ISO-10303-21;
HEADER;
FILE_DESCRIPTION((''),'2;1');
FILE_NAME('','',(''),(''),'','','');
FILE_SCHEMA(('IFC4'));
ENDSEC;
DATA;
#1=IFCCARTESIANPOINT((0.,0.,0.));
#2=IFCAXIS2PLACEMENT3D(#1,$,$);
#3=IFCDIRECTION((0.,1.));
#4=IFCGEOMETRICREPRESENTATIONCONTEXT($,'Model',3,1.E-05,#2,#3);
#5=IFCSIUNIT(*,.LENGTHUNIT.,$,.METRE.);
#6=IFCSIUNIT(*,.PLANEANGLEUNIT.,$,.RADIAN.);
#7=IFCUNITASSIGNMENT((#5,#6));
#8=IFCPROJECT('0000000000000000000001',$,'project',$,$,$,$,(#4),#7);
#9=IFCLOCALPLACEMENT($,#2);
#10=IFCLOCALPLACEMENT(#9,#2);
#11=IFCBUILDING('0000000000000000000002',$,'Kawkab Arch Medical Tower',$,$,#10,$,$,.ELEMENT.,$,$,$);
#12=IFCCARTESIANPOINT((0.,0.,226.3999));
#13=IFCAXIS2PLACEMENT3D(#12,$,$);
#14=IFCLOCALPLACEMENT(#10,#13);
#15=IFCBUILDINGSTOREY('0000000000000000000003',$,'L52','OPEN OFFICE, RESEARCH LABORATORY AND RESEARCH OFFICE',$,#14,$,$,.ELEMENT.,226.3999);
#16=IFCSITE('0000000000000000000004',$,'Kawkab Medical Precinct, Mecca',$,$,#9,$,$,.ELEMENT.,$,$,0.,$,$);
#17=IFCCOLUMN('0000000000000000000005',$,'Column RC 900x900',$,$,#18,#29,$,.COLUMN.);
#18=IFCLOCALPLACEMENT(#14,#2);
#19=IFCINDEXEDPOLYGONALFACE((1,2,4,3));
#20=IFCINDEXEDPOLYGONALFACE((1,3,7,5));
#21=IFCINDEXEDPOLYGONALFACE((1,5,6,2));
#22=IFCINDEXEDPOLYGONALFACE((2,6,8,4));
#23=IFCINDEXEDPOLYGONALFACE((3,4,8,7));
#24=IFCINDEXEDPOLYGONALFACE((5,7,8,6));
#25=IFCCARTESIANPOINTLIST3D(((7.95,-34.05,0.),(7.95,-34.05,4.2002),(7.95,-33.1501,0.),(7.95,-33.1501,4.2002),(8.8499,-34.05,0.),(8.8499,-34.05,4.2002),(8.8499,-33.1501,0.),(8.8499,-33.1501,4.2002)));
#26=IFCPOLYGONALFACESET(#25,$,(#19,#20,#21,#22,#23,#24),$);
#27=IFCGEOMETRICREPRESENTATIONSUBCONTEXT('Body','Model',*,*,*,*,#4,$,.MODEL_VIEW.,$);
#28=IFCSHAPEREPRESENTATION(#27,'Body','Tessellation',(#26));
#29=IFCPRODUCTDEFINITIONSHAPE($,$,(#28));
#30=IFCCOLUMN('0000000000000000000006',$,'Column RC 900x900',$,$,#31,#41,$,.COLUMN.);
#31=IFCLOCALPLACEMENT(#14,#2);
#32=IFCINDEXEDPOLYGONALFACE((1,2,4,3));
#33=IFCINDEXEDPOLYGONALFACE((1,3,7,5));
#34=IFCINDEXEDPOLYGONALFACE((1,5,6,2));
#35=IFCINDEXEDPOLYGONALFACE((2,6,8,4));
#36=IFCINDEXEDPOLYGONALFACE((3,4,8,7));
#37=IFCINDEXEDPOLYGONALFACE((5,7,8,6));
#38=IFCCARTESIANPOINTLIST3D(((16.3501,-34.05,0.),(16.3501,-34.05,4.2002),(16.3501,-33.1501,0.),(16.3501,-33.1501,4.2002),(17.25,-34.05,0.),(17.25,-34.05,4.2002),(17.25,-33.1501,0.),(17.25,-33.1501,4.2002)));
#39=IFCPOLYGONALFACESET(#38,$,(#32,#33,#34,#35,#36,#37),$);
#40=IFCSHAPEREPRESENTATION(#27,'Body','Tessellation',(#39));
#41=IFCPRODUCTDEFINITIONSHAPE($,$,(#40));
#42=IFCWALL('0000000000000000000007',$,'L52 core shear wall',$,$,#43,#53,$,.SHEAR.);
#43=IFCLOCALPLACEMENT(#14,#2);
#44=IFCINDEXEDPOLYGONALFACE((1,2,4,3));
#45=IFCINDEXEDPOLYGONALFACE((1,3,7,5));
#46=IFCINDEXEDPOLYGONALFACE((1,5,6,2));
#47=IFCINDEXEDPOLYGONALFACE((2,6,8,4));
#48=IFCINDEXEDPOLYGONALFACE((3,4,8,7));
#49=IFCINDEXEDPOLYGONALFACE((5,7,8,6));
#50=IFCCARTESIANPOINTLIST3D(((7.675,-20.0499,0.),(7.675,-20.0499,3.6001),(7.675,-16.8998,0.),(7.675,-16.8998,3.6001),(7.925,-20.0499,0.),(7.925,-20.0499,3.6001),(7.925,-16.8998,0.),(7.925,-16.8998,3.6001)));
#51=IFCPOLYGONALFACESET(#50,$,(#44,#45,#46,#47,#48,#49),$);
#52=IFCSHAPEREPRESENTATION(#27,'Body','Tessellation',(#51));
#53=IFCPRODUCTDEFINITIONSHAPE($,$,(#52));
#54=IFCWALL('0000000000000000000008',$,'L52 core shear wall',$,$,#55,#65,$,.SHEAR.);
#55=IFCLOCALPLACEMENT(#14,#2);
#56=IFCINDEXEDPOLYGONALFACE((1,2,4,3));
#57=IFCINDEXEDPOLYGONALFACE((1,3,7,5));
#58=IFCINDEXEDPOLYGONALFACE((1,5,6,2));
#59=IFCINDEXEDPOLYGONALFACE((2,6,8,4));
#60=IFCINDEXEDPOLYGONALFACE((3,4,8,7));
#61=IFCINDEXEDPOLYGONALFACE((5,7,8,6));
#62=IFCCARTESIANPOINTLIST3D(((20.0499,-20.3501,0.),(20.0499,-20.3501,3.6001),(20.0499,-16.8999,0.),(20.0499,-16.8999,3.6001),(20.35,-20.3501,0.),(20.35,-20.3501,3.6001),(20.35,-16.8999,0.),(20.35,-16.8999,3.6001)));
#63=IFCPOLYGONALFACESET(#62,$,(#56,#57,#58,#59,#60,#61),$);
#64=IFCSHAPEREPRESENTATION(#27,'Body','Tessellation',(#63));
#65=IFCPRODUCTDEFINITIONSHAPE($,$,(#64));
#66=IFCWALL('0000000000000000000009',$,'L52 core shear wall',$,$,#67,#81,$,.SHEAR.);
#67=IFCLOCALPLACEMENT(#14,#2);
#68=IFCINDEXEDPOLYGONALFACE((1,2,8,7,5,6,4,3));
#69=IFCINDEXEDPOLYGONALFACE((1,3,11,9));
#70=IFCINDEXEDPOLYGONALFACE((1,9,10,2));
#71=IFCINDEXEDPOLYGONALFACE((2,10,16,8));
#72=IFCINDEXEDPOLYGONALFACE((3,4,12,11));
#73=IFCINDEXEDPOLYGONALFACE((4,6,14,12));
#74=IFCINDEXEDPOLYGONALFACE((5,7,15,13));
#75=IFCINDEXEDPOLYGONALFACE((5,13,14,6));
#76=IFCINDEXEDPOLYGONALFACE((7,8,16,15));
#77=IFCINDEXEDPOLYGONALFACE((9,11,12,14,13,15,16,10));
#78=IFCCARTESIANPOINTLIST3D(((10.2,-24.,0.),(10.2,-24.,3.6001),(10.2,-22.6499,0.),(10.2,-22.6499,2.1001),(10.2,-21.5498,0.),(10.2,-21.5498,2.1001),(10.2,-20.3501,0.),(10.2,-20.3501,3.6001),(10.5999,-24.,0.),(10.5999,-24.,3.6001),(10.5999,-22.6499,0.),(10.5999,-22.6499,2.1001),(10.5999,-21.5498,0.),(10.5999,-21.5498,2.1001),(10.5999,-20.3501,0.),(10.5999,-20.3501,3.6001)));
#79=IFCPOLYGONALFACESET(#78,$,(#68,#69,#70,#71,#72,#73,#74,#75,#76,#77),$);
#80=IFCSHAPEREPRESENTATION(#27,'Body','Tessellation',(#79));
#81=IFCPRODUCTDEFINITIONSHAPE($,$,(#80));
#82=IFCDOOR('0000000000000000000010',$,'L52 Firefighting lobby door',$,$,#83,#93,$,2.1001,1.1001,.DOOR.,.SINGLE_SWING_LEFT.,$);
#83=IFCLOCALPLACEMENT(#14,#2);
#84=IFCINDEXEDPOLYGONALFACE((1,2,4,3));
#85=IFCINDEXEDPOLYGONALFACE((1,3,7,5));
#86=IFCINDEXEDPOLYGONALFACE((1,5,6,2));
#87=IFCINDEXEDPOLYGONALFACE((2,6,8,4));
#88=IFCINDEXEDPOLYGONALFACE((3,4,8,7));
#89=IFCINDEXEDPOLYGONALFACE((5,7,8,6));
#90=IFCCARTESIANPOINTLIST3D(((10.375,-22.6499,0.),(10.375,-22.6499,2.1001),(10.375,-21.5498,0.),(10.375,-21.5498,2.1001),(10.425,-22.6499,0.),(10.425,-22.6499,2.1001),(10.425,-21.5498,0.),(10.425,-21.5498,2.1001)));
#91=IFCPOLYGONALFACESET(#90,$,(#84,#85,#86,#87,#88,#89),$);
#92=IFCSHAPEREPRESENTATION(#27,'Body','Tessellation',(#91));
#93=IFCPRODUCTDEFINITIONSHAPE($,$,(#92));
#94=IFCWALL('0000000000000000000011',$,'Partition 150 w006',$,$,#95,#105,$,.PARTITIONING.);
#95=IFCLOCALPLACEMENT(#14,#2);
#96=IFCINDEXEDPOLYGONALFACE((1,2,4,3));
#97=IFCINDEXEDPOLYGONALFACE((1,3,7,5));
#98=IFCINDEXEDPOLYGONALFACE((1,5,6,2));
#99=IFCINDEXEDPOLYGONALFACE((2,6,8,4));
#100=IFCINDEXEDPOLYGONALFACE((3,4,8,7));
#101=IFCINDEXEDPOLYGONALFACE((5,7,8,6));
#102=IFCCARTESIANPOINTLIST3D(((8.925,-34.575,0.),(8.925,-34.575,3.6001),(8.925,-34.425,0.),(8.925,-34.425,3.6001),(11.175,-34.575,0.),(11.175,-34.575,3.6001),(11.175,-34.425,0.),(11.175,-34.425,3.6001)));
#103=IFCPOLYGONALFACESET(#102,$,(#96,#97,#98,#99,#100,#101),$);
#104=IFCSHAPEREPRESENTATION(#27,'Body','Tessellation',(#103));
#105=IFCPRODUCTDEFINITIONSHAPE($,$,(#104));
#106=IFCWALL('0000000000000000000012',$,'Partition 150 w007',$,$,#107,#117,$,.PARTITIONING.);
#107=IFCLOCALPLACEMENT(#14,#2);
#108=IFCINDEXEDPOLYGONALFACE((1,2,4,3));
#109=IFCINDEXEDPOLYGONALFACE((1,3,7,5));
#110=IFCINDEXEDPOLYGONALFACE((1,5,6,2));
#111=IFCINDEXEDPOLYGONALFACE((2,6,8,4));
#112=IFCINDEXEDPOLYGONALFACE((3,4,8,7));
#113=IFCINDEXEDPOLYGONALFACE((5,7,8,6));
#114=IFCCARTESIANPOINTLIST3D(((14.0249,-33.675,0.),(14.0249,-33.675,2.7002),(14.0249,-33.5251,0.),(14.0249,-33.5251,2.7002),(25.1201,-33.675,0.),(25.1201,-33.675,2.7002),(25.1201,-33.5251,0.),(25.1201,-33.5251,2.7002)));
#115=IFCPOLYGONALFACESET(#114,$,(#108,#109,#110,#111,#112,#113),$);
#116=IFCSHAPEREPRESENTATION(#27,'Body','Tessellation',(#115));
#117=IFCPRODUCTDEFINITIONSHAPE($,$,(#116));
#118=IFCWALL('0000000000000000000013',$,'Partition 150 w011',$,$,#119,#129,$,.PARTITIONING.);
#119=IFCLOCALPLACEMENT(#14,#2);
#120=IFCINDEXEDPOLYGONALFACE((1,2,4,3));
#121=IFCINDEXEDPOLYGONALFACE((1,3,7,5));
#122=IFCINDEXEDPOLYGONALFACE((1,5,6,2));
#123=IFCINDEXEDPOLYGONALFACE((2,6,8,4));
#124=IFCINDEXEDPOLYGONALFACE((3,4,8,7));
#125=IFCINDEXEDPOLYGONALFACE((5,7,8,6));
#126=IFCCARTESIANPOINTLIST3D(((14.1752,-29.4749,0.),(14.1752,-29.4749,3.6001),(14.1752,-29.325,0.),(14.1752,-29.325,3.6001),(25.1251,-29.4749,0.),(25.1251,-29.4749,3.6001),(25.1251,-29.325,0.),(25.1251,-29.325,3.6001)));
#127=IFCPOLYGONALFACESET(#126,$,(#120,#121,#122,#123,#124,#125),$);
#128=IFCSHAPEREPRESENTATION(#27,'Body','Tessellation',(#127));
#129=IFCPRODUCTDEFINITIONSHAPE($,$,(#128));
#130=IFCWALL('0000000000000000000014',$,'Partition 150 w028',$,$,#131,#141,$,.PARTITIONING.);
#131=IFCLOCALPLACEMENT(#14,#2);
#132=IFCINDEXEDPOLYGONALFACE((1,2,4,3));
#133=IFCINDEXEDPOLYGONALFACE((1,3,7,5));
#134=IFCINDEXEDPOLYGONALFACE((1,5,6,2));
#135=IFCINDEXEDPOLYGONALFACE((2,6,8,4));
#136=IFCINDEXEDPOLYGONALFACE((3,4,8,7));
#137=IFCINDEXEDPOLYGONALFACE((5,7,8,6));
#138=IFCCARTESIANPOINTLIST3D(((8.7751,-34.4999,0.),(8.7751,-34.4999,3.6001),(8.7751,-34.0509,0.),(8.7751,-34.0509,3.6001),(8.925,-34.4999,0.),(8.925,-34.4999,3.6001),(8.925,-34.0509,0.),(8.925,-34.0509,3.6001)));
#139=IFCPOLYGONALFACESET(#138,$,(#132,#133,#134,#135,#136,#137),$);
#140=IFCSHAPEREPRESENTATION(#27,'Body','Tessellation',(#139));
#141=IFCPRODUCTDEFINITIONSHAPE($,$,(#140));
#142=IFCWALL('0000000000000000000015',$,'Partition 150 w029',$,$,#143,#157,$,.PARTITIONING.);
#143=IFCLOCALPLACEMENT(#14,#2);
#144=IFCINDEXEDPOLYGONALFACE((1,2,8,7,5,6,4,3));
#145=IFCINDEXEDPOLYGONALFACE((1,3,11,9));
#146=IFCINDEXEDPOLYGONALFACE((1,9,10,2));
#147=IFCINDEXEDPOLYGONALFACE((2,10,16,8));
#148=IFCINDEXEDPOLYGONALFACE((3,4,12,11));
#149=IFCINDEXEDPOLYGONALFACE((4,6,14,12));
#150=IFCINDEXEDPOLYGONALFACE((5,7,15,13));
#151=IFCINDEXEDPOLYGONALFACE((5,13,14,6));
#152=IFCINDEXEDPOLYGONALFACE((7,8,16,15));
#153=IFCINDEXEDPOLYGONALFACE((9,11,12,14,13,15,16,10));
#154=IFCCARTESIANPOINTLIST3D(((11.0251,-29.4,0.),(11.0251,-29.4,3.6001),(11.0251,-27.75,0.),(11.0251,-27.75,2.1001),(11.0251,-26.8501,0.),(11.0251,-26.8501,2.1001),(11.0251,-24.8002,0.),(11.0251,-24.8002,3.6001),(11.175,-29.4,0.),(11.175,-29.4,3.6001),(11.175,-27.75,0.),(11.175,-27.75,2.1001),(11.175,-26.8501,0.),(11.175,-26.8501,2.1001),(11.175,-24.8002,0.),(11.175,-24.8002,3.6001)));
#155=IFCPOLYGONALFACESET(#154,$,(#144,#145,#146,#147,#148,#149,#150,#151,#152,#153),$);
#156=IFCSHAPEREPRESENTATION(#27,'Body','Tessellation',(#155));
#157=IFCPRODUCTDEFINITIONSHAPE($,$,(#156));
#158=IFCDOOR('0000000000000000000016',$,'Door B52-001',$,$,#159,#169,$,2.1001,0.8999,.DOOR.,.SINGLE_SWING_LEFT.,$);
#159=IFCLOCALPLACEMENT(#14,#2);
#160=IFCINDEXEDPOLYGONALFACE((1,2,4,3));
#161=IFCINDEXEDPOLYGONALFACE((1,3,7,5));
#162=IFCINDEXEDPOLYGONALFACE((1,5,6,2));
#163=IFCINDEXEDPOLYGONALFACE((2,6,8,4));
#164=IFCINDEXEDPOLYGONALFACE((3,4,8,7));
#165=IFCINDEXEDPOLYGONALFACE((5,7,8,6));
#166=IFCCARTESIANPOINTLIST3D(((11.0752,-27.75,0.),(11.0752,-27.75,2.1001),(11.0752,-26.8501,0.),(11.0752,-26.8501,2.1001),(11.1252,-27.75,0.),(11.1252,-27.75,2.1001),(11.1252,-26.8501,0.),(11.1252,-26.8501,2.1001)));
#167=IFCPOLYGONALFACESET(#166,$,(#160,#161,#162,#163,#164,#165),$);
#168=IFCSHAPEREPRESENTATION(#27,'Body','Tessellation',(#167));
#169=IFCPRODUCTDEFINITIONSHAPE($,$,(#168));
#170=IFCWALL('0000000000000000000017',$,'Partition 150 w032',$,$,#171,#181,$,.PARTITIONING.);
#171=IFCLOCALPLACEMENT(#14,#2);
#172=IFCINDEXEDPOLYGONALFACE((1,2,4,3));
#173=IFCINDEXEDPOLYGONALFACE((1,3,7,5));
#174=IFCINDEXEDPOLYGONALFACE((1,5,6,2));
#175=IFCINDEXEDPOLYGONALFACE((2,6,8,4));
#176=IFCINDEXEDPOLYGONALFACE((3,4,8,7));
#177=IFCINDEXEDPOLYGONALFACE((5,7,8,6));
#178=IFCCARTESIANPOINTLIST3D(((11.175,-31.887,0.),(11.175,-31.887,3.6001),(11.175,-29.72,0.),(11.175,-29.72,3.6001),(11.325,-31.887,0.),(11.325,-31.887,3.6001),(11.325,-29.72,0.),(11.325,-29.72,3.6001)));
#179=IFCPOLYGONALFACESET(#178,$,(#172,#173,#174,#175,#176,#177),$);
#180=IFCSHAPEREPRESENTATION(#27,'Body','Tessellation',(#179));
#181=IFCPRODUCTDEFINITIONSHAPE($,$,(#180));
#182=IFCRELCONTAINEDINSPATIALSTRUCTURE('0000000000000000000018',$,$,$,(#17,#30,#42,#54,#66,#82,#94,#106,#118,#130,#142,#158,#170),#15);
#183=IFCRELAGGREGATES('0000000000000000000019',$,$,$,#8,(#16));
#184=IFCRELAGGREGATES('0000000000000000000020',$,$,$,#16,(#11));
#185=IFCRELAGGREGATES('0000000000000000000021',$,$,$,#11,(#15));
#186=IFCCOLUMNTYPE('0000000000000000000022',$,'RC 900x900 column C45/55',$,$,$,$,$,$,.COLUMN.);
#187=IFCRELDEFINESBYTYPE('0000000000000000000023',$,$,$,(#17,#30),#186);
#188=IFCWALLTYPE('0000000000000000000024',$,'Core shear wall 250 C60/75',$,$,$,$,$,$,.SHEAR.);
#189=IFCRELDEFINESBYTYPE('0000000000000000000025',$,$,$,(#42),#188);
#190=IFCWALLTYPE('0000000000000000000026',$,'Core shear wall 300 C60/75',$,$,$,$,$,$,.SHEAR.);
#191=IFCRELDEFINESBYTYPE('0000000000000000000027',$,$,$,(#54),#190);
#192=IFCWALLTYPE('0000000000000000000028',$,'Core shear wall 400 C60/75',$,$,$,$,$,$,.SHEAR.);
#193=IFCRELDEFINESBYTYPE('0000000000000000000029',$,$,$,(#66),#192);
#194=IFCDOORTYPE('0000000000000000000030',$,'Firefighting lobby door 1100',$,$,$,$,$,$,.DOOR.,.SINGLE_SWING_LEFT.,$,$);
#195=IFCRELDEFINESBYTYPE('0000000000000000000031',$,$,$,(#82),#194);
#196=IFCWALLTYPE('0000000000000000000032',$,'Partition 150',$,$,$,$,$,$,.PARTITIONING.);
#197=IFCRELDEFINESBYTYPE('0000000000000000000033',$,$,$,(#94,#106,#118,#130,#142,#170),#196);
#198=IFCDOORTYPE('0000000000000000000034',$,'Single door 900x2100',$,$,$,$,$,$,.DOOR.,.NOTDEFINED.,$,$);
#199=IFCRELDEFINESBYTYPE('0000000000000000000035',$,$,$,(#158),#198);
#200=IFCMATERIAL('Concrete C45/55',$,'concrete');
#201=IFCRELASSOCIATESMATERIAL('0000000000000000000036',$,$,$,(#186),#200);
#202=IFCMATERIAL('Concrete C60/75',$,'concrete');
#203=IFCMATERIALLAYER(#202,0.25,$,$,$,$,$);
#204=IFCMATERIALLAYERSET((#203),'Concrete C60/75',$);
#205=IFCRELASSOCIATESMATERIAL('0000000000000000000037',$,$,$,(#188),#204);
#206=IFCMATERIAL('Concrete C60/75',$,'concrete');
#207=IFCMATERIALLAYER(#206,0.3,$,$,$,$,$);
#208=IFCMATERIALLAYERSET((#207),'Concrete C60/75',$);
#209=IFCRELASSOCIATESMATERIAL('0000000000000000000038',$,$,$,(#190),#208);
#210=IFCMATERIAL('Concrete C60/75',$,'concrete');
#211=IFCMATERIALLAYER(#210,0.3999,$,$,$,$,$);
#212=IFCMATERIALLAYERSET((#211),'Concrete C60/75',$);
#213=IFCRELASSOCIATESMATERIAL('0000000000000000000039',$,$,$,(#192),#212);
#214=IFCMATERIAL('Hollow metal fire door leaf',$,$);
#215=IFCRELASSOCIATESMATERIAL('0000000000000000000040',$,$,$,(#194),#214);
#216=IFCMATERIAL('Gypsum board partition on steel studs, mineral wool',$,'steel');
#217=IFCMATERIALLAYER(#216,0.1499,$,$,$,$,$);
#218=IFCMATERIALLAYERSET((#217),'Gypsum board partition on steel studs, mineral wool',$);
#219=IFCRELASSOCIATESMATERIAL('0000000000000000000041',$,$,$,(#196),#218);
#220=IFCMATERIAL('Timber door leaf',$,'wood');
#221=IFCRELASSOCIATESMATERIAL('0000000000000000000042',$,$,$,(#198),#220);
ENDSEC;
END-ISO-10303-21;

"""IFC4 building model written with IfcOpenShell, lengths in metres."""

from ifc_helpers import new_model, si_unit, direction, frame, frame_2d, origin, origin_2d, place, context, subcontext, project, spatial, rectangle, extrude, material, layer, layer_set, material_profile, profile_set, type_object, element, fill, save


model = new_model("IFC4")

# Units and contexts
model_context = context("Model", 3, precision=1e-05, world=origin(), true_north=direction((0.0, 1.0)))
body_context = subcontext(model_context, "Body", "Model", "MODEL_VIEW")
ifc_project = project(units=[si_unit("LENGTHUNIT", "METRE"), si_unit("PLANEANGLEUNIT", "RADIAN")], contexts=[model_context])

# Site, building, storey
site_placement = place(None, origin())
site = spatial("IfcSite", under=ifc_project, at=site_placement, Name="Kawkab Medical Precinct, Mecca", CompositionType="ELEMENT", RefElevation=0.0)
building_placement = place(site_placement, origin())
building = spatial("IfcBuilding", under=site, at=building_placement, Name="Kawkab Arch Medical Tower", CompositionType="ELEMENT")
storey_placement = place(building_placement, frame((0.0, 0.0, 226.3999)))
storey = spatial("IfcBuildingStorey", under=building, at=storey_placement, Name="L52", Description="OPEN OFFICE, RESEARCH LABORATORY AND RESEARCH OFFICE", CompositionType="ELEMENT", Elevation=226.3999)

# Columns
ifc_material_1 = material(Name="Concrete C45/55", Category="concrete")
ifc_material_profile = material_profile(ifc_material_1, rectangle(XDim=0.8999, YDim=0.8999, at=origin_2d()), Name="RC 900x900")
ifc_profile_set = profile_set([ifc_material_profile], Name="Concrete C45/55")
column_type = type_object("IfcColumnType", Name="RC 900x900 column C45/55", PredefinedType="COLUMN", material=ifc_profile_set)
for number, where, z_axis, x_axis, name in (
    (1, (8.3999, -33.6001, 0.0), (0.0, 0.0, 1.0), (1.0, 0.0, 0.0), "Column RC 900x900"),
    (2, (16.8, -33.6001, 0.0), (0.0, 0.0, 1.0), (1.0, 0.0, 0.0), "Column RC 900x900"),
):
    element("IfcColumn", number, at=place(storey_placement, frame(where, z_axis=z_axis, x_axis=x_axis)), inside=storey, type_object=column_type, Name=name, PredefinedType="COLUMN", context=body_context, shape_type="SweptSolid", body=[
        extrude(rectangle(XDim=0.8999, YDim=0.8999, at=origin_2d()), origin(), (0.0, 0.0, 1.0), 4.2002),
    ])

# Walls
ifc_material_2 = material(Name="Concrete C60/75", Category="concrete")
ifc_layer_1 = layer(ifc_material_2, 0.25)
ifc_layer_set_1 = layer_set([ifc_layer_1], Name="Concrete C60/75")
wall_type_1 = type_object("IfcWallType", Name="Core shear wall 250 C60/75", PredefinedType="SHEAR", material=ifc_layer_set_1)
wall_1_placement = place(storey_placement, frame((7.8, -20.05, 0.0), z_axis=(0.0, 0.0, 1.0), x_axis=(0.0, 1.0, 0.0)))
element("IfcWall", 3, at=wall_1_placement, inside=storey, type_object=wall_type_1, Name="L52 core shear wall", PredefinedType="SHEAR", context=body_context, shape_type="SweptSolid", body=[
    extrude(rectangle(XDim=3.1501, YDim=0.25, at=frame_2d((1.5752, 0.0))), origin(), (0.0, 0.0, 1.0), 3.6001),
])
ifc_material_3 = material(Name="Concrete C60/75", Category="concrete")
ifc_layer_2 = layer(ifc_material_3, 0.3)
ifc_layer_set_2 = layer_set([ifc_layer_2], Name="Concrete C60/75")
wall_type_2 = type_object("IfcWallType", Name="Core shear wall 300 C60/75", PredefinedType="SHEAR", material=ifc_layer_set_2)
wall_2_placement = place(storey_placement, frame((20.2, -20.3501, 0.0), z_axis=(0.0, 0.0, 1.0), x_axis=(0.0, 1.0, 0.0)))
element("IfcWall", 4, at=wall_2_placement, inside=storey, type_object=wall_type_2, Name="L52 core shear wall", PredefinedType="SHEAR", context=body_context, shape_type="SweptSolid", body=[
    extrude(rectangle(XDim=3.4502, YDim=0.3, at=frame_2d((1.7251, 0.0))), origin(), (0.0, 0.0, 1.0), 3.6001),
])

# Wall, opening, door
ifc_material_4 = material(Name="Concrete C60/75", Category="concrete")
ifc_layer_3 = layer(ifc_material_4, 0.3999)
ifc_layer_set_3 = layer_set([ifc_layer_3], Name="Concrete C60/75")
wall_type_3 = type_object("IfcWallType", Name="Core shear wall 400 C60/75", PredefinedType="SHEAR", material=ifc_layer_set_3)
wall_3_placement = place(storey_placement, frame((10.3999, -24.0, 0.0), z_axis=(0.0, 0.0, 1.0), x_axis=(0.0, 1.0, 0.0)))
wall_3 = element("IfcWall", 5, at=wall_3_placement, inside=storey, type_object=wall_type_3, Name="L52 core shear wall", PredefinedType="SHEAR", context=body_context, shape_type="SweptSolid", body=[
    extrude(rectangle(XDim=3.6499, YDim=0.3999, at=frame_2d((1.825, 0.0))), origin(), (0.0, 0.0, 1.0), 3.6001),
])
opening_1_placement = place(wall_3_placement, frame((1.3501, 0.0, 0.0)))
opening_1 = element("IfcOpeningElement", 6, at=opening_1_placement, cuts=wall_3, PredefinedType="OPENING", context=body_context, shape_type="SweptSolid", body=[
    extrude(rectangle(XDim=1.1001, YDim=2.1001, at=frame_2d((0.55, 1.05))), frame((0.0, 0.21, 0.0), z_axis=(0.0, -1.0, 0.0), x_axis=(1.0, 0.0, 0.0)), (0.0, 0.0, 1.0), 0.4199),
])
ifc_material_5 = material(Name="Hollow metal fire door leaf")
door_type_1 = type_object("IfcDoorType", Name="Firefighting lobby door 1100", OperationType="SINGLE_SWING_LEFT", PredefinedType="DOOR", material=ifc_material_5)
door_1_placement = place(opening_1_placement, origin())
door_1 = element("IfcDoor", 7, at=door_1_placement, inside=storey, type_object=door_type_1, Name="L52 Firefighting lobby door", OperationType="SINGLE_SWING_LEFT", OverallHeight=2.1001, OverallWidth=1.1001, PredefinedType="DOOR", context=body_context, shape_type="SweptSolid", body=[
    extrude(rectangle(XDim=1.1001, YDim=2.1001, at=frame_2d((0.55, 1.05))), frame((0.0, 0.0249, 0.0), z_axis=(0.0, -1.0, 0.0), x_axis=(1.0, 0.0, 0.0)), (0.0, 0.0, 1.0), 0.05),
])
fill(opening_1, door_1)

# Walls
ifc_material_6 = material(Name="Gypsum board partition on steel studs, mineral wool", Category="steel")
ifc_layer_4 = layer(ifc_material_6, 0.1499)
ifc_layer_set_4 = layer_set([ifc_layer_4], Name="Gypsum board partition on steel studs, mineral wool")
wall_type_4 = type_object("IfcWallType", Name="Partition 150", PredefinedType="PARTITIONING", material=ifc_layer_set_4)
wall_4_placement = place(storey_placement, frame((8.925, -34.5, 0.0), z_axis=(0.0, 0.0, 1.0), x_axis=(1.0, 0.0, 0.0)))
element("IfcWall", 8, at=wall_4_placement, inside=storey, type_object=wall_type_4, Name="Partition 150 w006", PredefinedType="PARTITIONING", context=body_context, shape_type="SweptSolid", body=[
    extrude(rectangle(XDim=2.25, YDim=0.1499, at=frame_2d((1.125, 0.0))), origin(), (0.0, 0.0, 1.0), 3.6001),
])
wall_5_placement = place(storey_placement, frame((14.0249, -33.6001, 0.0), z_axis=(0.0, 0.0, 1.0), x_axis=(1.0, 0.0, 0.0)))
element("IfcWall", 9, at=wall_5_placement, inside=storey, type_object=wall_type_4, Name="Partition 150 w007", PredefinedType="PARTITIONING", context=body_context, shape_type="SweptSolid", body=[
    extrude(rectangle(XDim=11.0952, YDim=0.1499, at=frame_2d((5.5476, 0.0))), origin(), (0.0, 0.0, 1.0), 2.7002),
])
wall_6_placement = place(storey_placement, frame((14.175, -29.3999, 0.0), z_axis=(0.0, 0.0, 1.0), x_axis=(1.0, 0.0, 0.0)))
element("IfcWall", 10, at=wall_6_placement, inside=storey, type_object=wall_type_4, Name="Partition 150 w011", PredefinedType="PARTITIONING", context=body_context, shape_type="SweptSolid", body=[
    extrude(rectangle(XDim=10.95, YDim=0.1499, at=frame_2d((5.4751, 0.0))), origin(), (0.0, 0.0, 1.0), 3.6001),
])
wall_7_placement = place(storey_placement, frame((8.8501, -34.5, 0.0), z_axis=(0.0, 0.0, 1.0), x_axis=(0.0, 1.0, 0.0)))
element("IfcWall", 11, at=wall_7_placement, inside=storey, type_object=wall_type_4, Name="Partition 150 w028", PredefinedType="PARTITIONING", context=body_context, shape_type="SweptSolid", body=[
    extrude(rectangle(XDim=0.449, YDim=0.1499, at=frame_2d((0.2246, 0.0))), origin(), (0.0, 0.0, 1.0), 3.6001),
])

# Wall, opening, door
wall_8_placement = place(storey_placement, frame((11.1001, -29.3999, 0.0), z_axis=(0.0, 0.0, 1.0), x_axis=(0.0, 1.0, 0.0)))
wall_8 = element("IfcWall", 12, at=wall_8_placement, inside=storey, type_object=wall_type_4, Name="Partition 150 w029", PredefinedType="PARTITIONING", context=body_context, shape_type="SweptSolid", body=[
    extrude(rectangle(XDim=4.5999, YDim=0.1499, at=frame_2d((2.2998, 0.0))), origin(), (0.0, 0.0, 1.0), 3.6001),
])
opening_2_placement = place(wall_8_placement, frame((1.6499, 0.0, 0.0)))
opening_2 = element("IfcOpeningElement", 13, at=opening_2_placement, cuts=wall_8, PredefinedType="OPENING", context=body_context, shape_type="SweptSolid", body=[
    extrude(rectangle(XDim=0.8999, YDim=2.1001, at=frame_2d((0.45, 1.05))), frame((0.0, 0.085, 0.0), z_axis=(0.0, -1.0, 0.0), x_axis=(1.0, 0.0, 0.0)), (0.0, 0.0, 1.0), 0.1699),
])
ifc_material_7 = material(Name="Timber door leaf", Category="wood")
door_type_2 = type_object("IfcDoorType", Name="Single door 900x2100", OperationType="NOTDEFINED", PredefinedType="DOOR", material=ifc_material_7)
door_2_placement = place(opening_2_placement, origin())
door_2 = element("IfcDoor", 14, at=door_2_placement, inside=storey, type_object=door_type_2, Name="Door B52-001", OperationType="SINGLE_SWING_LEFT", OverallHeight=2.1001, OverallWidth=0.8999, PredefinedType="DOOR", context=body_context, shape_type="SweptSolid", body=[
    extrude(rectangle(XDim=0.8999, YDim=2.1001, at=frame_2d((0.45, 1.05))), frame((0.0, 0.0249, 0.0), z_axis=(0.0, -1.0, 0.0), x_axis=(1.0, 0.0, 0.0)), (0.0, 0.0, 1.0), 0.05),
])
fill(opening_2, door_2)

# Wall
wall_9_placement = place(storey_placement, frame((11.25, -31.887, 0.0), z_axis=(0.0, 0.0, 1.0), x_axis=(0.0, 1.0, 0.0)))
element("IfcWall", 15, at=wall_9_placement, inside=storey, type_object=wall_type_4, Name="Partition 150 w032", PredefinedType="PARTITIONING", context=body_context, shape_type="SweptSolid", body=[
    extrude(rectangle(XDim=2.167, YDim=0.1499, at=frame_2d((1.0835, 0.0))), origin(), (0.0, 0.0, 1.0), 3.6001),
])

save(model, "model.ifc")
